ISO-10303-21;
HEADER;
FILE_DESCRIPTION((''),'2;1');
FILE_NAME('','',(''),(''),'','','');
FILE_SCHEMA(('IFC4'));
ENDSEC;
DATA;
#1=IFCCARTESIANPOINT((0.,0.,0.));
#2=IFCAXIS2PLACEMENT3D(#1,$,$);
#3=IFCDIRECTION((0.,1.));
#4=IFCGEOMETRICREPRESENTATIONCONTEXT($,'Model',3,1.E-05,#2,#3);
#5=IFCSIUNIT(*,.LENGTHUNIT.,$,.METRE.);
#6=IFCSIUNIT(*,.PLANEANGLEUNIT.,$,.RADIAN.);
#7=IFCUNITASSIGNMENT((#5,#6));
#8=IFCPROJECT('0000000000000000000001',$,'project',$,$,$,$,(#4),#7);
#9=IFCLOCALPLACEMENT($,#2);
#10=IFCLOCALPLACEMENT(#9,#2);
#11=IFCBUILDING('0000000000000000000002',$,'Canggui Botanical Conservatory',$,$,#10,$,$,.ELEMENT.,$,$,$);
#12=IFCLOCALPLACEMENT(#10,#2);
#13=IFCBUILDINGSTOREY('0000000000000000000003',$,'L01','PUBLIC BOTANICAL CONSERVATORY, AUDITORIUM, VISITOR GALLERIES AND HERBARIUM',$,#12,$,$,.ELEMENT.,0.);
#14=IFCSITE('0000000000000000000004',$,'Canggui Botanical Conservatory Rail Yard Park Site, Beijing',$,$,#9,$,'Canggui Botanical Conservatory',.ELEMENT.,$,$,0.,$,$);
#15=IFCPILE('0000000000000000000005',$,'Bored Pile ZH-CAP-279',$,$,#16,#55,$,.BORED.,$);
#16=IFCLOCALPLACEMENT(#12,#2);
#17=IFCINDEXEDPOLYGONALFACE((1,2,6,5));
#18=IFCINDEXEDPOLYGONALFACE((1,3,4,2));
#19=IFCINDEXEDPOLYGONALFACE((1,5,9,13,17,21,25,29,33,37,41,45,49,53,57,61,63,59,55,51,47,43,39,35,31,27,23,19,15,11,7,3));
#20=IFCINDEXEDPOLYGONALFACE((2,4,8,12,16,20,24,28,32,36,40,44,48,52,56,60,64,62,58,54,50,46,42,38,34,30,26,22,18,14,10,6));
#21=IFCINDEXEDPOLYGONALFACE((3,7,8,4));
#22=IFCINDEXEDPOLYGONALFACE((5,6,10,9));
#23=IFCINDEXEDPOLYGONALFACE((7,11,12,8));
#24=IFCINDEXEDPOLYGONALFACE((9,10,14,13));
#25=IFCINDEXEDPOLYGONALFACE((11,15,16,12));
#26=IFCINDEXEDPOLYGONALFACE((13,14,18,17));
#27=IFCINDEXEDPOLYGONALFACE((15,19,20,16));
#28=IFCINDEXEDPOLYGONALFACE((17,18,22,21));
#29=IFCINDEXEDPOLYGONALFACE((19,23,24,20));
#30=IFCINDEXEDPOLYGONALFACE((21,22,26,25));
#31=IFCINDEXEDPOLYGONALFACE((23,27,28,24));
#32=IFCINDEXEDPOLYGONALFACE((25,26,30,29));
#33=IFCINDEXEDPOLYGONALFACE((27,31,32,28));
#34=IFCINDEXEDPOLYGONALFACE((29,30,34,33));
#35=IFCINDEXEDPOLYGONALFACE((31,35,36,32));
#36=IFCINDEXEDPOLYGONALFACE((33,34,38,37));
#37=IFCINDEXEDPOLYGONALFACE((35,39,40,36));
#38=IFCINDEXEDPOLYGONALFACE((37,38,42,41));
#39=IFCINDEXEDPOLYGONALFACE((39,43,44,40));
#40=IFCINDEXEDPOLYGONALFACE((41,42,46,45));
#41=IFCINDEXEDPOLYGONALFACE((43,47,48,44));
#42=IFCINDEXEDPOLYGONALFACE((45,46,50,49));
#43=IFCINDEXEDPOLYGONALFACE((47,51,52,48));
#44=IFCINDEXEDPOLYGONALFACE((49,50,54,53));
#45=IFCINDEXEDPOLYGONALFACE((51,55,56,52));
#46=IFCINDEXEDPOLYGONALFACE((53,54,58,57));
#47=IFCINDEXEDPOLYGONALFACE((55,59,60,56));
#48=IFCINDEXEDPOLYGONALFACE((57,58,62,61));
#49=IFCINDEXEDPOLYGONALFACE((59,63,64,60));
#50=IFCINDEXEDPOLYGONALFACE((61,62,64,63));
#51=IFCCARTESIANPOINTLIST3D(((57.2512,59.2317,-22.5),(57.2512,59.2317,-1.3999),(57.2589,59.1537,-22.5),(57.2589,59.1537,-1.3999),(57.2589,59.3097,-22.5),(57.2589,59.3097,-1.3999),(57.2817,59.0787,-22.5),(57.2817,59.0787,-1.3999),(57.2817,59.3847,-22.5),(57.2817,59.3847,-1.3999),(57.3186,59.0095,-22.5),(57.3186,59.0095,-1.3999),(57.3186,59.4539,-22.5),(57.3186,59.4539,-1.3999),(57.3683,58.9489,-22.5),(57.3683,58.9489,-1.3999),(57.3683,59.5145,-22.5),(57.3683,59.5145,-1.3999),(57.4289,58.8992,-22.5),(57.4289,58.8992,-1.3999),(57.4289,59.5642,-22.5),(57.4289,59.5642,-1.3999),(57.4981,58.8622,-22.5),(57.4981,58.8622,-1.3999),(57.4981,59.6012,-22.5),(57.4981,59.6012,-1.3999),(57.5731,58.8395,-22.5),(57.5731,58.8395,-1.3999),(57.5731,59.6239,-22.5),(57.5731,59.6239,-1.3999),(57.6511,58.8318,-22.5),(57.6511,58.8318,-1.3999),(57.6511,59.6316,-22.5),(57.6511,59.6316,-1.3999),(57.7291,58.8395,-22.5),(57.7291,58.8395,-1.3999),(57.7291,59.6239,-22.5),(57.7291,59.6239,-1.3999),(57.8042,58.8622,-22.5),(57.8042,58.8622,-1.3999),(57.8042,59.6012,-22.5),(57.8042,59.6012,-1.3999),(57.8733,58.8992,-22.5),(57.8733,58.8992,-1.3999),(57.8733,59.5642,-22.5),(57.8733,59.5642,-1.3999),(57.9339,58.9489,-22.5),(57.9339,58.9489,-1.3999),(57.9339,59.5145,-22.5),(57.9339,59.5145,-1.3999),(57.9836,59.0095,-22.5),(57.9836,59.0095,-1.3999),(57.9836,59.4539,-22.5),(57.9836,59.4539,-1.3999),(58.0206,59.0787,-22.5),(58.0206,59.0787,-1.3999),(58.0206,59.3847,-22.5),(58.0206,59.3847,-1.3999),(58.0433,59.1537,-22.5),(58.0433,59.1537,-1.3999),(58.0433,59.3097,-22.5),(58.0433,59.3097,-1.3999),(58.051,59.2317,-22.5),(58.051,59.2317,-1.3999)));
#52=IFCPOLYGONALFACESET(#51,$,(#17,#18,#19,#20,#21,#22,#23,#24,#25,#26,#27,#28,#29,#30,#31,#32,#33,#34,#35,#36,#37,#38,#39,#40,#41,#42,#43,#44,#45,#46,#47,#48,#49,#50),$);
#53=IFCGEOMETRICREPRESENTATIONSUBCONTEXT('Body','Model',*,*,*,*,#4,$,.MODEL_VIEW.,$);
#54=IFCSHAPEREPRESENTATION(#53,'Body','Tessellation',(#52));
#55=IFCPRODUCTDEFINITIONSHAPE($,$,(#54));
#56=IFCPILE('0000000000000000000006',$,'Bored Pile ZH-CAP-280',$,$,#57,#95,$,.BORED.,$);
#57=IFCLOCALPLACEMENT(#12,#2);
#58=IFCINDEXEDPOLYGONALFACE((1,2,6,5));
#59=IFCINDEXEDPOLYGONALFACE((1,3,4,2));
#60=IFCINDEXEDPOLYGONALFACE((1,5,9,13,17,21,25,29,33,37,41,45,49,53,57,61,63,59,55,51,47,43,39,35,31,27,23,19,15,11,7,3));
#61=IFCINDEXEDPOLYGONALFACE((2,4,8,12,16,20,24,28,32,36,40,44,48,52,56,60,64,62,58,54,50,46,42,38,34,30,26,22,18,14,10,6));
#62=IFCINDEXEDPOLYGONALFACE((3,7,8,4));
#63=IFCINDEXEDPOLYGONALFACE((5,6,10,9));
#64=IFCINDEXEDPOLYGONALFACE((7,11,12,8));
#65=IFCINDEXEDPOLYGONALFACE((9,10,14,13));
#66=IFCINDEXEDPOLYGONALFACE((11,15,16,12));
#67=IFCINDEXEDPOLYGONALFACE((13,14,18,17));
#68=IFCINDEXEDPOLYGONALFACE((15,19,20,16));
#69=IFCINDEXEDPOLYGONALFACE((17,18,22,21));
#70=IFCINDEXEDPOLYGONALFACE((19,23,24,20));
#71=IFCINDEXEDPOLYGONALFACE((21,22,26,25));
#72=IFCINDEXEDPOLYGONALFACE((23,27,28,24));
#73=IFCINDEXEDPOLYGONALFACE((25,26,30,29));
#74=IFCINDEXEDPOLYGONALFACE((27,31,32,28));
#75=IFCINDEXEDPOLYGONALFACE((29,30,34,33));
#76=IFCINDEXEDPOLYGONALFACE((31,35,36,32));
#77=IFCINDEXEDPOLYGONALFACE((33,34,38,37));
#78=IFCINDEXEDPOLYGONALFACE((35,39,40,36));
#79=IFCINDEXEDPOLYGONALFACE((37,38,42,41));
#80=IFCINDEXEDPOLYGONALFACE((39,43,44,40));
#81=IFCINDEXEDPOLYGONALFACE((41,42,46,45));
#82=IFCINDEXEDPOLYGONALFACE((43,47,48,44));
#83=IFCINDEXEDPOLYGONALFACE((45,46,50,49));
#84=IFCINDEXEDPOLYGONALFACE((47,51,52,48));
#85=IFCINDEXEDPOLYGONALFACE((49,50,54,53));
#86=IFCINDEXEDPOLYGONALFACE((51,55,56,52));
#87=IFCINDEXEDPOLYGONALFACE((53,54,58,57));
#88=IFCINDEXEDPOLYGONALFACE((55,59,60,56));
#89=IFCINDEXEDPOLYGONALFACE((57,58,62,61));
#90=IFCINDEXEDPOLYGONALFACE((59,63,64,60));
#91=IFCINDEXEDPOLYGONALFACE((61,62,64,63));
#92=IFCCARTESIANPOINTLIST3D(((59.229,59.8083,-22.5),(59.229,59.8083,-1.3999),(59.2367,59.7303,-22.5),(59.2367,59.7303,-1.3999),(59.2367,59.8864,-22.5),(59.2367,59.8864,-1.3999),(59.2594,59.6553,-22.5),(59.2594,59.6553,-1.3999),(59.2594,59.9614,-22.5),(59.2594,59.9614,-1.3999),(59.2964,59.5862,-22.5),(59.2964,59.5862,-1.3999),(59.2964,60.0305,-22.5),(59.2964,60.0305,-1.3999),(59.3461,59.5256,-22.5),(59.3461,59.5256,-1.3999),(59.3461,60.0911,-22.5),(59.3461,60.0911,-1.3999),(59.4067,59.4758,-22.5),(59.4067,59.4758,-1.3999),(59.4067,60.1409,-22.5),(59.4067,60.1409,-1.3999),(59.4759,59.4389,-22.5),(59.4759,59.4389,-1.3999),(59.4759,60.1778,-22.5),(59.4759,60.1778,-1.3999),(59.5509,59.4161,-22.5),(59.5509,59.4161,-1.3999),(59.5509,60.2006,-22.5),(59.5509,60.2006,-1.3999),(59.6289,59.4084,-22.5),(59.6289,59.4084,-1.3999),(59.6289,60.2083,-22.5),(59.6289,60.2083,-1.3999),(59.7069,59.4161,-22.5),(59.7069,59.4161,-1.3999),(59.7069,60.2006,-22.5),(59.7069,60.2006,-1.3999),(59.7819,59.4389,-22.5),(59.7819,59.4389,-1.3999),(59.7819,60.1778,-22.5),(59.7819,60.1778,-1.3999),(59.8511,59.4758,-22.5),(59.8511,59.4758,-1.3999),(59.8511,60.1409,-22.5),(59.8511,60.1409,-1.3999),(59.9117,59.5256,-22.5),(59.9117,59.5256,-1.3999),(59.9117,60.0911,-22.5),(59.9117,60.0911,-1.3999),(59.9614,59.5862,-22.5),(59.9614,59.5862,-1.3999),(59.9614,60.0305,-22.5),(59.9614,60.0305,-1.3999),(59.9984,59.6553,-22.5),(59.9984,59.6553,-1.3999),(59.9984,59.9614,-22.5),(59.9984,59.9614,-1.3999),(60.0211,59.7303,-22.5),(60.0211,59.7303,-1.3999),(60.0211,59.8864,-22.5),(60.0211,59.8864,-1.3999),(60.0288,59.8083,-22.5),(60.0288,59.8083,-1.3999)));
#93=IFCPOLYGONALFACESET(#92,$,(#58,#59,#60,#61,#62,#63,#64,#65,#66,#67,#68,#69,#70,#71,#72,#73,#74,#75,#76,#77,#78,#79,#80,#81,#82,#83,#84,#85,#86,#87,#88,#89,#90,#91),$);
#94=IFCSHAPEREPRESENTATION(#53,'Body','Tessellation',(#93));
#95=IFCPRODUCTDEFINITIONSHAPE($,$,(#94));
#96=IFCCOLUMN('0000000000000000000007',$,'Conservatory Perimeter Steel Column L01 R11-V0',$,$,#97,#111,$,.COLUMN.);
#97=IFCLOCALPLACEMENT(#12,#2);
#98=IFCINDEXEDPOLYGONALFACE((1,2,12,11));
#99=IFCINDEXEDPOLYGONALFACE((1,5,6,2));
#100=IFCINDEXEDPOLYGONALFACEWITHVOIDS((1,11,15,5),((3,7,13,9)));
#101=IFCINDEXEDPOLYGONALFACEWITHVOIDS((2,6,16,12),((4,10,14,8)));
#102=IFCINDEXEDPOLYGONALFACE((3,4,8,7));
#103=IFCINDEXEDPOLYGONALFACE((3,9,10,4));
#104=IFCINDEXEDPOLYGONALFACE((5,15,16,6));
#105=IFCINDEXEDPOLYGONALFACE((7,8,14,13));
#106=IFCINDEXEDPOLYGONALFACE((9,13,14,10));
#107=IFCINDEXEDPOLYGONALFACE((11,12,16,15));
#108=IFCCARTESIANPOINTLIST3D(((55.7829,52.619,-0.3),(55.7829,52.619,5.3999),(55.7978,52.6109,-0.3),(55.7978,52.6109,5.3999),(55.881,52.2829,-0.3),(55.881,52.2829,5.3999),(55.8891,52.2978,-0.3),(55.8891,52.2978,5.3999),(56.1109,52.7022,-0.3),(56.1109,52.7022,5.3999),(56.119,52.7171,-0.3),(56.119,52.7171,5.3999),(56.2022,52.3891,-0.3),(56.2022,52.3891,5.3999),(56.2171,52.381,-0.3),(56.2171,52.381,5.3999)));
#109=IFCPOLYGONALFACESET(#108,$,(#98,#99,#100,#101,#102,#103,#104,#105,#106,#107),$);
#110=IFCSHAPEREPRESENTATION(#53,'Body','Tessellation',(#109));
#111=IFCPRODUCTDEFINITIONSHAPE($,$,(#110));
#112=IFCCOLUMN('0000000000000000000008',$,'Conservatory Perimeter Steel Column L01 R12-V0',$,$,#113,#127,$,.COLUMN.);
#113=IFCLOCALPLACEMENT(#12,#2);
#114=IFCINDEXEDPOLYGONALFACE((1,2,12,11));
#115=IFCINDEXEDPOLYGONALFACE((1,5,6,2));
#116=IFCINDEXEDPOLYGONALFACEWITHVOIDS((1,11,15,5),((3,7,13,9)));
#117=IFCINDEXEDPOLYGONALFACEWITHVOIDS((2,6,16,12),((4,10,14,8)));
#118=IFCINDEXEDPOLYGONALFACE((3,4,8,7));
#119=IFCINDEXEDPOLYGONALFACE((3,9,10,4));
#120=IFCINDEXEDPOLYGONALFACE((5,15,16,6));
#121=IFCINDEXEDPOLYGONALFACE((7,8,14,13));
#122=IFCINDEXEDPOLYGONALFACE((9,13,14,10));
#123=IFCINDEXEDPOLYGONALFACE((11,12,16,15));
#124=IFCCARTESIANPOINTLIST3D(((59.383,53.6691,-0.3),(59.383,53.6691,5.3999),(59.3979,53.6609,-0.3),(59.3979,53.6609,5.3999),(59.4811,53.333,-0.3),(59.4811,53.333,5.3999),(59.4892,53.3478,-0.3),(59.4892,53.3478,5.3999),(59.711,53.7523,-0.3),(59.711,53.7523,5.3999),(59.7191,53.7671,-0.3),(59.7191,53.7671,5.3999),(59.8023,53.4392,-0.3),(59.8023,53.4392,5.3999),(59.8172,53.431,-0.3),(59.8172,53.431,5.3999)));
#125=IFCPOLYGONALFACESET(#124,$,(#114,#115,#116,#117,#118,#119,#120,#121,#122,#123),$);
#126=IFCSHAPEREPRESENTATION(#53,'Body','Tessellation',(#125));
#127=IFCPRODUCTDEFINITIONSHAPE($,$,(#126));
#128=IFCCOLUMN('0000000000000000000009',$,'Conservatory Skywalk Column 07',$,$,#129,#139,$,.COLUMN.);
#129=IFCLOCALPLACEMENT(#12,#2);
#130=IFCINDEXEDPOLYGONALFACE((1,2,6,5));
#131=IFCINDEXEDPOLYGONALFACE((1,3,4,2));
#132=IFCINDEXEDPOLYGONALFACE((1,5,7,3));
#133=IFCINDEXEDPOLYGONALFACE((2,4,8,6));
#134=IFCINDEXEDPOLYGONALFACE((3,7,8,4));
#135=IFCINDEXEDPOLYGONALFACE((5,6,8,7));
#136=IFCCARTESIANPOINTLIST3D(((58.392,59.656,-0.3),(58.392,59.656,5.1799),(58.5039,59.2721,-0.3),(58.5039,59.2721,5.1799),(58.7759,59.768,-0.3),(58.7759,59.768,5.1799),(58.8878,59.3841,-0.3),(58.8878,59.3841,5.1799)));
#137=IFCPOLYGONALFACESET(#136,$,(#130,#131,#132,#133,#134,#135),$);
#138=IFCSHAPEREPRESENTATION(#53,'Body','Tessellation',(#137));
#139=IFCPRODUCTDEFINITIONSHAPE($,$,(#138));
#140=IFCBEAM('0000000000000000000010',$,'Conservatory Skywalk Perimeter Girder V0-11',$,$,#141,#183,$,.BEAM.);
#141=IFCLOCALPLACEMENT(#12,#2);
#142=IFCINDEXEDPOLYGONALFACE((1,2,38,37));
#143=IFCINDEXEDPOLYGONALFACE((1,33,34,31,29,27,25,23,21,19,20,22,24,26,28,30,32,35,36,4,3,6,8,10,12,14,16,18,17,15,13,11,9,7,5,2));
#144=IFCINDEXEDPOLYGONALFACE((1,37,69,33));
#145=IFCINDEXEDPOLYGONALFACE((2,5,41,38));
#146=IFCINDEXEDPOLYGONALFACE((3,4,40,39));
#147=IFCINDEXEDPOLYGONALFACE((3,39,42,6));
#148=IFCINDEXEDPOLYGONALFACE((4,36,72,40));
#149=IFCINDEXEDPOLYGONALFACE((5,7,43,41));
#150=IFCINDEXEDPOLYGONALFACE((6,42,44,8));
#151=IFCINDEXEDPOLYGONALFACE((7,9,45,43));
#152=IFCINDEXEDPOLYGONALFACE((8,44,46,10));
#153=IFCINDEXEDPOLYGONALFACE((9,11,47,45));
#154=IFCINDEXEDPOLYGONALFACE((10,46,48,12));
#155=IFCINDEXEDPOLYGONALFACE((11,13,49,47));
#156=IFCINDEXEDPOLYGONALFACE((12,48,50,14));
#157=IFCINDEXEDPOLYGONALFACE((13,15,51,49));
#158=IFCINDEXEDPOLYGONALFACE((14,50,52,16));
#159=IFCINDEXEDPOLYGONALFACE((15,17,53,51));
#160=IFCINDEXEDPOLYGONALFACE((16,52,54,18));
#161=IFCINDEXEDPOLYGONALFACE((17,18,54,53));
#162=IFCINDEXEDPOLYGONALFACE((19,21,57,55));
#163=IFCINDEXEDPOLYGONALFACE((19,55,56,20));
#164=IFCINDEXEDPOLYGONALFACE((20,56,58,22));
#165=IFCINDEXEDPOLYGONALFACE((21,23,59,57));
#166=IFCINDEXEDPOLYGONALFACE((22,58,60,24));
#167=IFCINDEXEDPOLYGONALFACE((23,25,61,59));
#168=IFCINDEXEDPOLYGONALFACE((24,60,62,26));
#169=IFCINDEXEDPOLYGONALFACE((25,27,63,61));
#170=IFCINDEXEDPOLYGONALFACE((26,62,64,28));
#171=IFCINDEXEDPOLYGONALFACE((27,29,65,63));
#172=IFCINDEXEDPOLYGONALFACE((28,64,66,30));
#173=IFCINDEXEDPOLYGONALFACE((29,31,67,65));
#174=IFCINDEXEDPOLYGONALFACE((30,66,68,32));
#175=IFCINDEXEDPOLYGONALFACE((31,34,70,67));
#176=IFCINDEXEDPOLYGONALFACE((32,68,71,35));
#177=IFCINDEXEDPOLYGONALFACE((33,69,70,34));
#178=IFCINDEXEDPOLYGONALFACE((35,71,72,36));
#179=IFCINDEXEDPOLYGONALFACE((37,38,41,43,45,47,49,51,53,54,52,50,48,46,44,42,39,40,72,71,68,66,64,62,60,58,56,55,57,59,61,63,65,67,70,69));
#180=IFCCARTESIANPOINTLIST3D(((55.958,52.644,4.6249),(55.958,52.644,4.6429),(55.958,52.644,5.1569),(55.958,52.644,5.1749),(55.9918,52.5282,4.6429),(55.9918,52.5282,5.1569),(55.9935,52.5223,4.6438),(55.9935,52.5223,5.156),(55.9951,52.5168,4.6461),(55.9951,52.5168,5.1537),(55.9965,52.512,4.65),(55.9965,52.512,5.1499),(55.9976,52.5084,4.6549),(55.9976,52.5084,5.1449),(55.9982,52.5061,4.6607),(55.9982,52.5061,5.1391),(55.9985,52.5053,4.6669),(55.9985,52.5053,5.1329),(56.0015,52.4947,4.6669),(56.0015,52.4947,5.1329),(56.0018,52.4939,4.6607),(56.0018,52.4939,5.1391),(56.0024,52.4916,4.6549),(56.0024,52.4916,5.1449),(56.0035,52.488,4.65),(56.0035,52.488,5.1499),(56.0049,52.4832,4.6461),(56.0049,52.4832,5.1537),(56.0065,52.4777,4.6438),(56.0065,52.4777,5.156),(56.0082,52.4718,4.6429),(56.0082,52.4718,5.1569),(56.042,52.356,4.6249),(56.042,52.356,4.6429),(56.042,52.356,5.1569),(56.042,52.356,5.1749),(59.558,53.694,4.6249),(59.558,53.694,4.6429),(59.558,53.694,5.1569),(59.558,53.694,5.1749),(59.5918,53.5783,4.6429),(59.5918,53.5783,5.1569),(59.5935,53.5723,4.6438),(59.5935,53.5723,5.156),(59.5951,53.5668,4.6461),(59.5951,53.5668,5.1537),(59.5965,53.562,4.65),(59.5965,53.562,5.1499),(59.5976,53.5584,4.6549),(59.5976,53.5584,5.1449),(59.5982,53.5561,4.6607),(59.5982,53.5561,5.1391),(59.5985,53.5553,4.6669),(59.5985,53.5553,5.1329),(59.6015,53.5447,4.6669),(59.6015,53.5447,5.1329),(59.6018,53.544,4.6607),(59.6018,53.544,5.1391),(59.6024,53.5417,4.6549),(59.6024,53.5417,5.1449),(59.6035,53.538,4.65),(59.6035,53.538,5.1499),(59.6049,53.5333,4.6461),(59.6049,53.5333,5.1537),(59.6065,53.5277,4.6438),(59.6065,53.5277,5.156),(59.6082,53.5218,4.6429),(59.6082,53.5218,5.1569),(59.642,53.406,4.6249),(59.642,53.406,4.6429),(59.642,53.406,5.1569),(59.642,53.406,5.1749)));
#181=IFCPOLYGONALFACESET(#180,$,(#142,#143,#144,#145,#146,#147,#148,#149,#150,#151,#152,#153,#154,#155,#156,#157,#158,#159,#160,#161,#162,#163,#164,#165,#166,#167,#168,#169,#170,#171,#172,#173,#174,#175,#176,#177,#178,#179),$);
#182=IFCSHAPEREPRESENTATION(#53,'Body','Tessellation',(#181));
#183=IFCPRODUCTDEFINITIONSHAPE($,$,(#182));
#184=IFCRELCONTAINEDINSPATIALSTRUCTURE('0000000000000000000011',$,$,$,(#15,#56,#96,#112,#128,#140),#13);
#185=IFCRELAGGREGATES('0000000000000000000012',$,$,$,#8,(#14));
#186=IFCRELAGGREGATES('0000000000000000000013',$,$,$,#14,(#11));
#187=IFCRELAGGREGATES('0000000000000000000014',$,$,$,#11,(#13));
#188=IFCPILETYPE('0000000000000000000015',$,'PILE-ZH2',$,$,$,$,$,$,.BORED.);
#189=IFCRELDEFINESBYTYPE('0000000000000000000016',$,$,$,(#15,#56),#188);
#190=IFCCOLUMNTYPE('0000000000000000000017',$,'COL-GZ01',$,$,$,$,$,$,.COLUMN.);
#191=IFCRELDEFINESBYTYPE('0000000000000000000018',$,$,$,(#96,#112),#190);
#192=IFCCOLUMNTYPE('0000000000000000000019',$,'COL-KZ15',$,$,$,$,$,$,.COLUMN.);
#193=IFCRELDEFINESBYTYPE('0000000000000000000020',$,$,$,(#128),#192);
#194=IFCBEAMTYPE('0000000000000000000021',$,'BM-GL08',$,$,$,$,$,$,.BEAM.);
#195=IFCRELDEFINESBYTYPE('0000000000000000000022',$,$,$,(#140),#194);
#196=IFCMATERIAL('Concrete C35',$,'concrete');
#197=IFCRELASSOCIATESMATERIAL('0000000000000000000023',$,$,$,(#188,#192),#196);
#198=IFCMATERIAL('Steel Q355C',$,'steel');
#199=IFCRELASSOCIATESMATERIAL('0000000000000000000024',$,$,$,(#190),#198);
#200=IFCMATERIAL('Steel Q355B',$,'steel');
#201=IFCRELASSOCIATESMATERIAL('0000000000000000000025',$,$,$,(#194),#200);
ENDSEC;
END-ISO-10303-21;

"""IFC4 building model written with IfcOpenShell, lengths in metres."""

from ifc_helpers import new_model, si_unit, direction, frame, origin, origin_2d, place, context, subcontext, project, spatial, rectangle, hollow_rectangle, circle, i_section, extrude, material, material_profile, profile_set, type_object, element, save


model = new_model("IFC4")

# Units and contexts
model_context = context("Model", 3, precision=1e-05, world=origin(), true_north=direction((0.0, 1.0)))
body_context = subcontext(model_context, "Body", "Model", "MODEL_VIEW")
ifc_project = project(units=[si_unit("LENGTHUNIT", "METRE"), si_unit("PLANEANGLEUNIT", "RADIAN")], contexts=[model_context])

# Site, building, storey
site_placement = place(None, origin())
site = spatial("IfcSite", under=ifc_project, at=site_placement, Name="Canggui Botanical Conservatory Rail Yard Park Site, Beijing", LongName="Canggui Botanical Conservatory", CompositionType="ELEMENT", RefElevation=0.0)
building_placement = place(site_placement, origin())
building = spatial("IfcBuilding", under=site, at=building_placement, Name="Canggui Botanical Conservatory", CompositionType="ELEMENT")
storey_placement = place(building_placement, origin())
storey = spatial("IfcBuildingStorey", under=building, at=storey_placement, Name="L01", Description="PUBLIC BOTANICAL CONSERVATORY, AUDITORIUM, VISITOR GALLERIES AND HERBARIUM", CompositionType="ELEMENT", Elevation=0.0)

# Shared definitions
ifc_material_1 = material(Name="Concrete C35", Category="concrete")

# Piles
ifc_material_profile_1 = material_profile(ifc_material_1, circle(Radius=0.3999, at=origin_2d()), Name="PILE D800")
ifc_profile_set_1 = profile_set([ifc_material_profile_1], Name="Concrete C35")
pile_type = type_object("IfcPileType", Name="PILE-ZH2", PredefinedType="BORED", material=ifc_profile_set_1)
for number, where, z_axis, x_axis, name in (
    (1, (57.6511, 59.2317, -1.3999), (0.0, 0.0, -1.0), (1.0, 0.0, 0.0), "Bored Pile ZH-CAP-279"),
    (2, (59.6289, 59.8083, -1.3999), (0.0, 0.0, -1.0), (1.0, 0.0, 0.0), "Bored Pile ZH-CAP-280"),
):
    element("IfcPile", number, at=place(storey_placement, frame(where, z_axis=z_axis, x_axis=x_axis)), inside=storey, type_object=pile_type, Name=name, PredefinedType="BORED", context=body_context, shape_type="SweptSolid", body=[
        extrude(circle(Radius=0.3999, at=origin_2d()), origin(), (0.0, 0.0, 1.0), 21.1001),
    ])

# Columns
ifc_material_2 = material(Name="Steel Q355C", Category="steel")
ifc_material_profile_2 = material_profile(ifc_material_2, hollow_rectangle(XDim=0.3501, YDim=0.3501, WallThickness=0.012, at=origin_2d()), Name="SHS 350x350x12")
ifc_profile_set_2 = profile_set([ifc_material_profile_2], Name="Steel Q355C")
column_type_1 = type_object("IfcColumnType", Name="COL-GZ01", PredefinedType="COLUMN", material=ifc_profile_set_2)
for number, where, z_axis, x_axis, name in (
    (3, (56.0, 52.5, -0.3), (0.0, 0.0, 1.0), (0.96, 0.28, 0.0), "Conservatory Perimeter Steel Column L01 R11-V0"),
    (4, (59.6001, 53.55, -0.3), (0.0, 0.0, 1.0), (0.96, 0.28, 0.0), "Conservatory Perimeter Steel Column L01 R12-V0"),
):
    element("IfcColumn", number, at=place(storey_placement, frame(where, z_axis=z_axis, x_axis=x_axis)), inside=storey, type_object=column_type_1, Name=name, PredefinedType="COLUMN", context=body_context, shape_type="SweptSolid", body=[
        extrude(hollow_rectangle(XDim=0.3501, YDim=0.3501, WallThickness=0.012, at=origin_2d()), origin(), (0.0, 0.0, 1.0), 5.7),
    ])
ifc_material_profile_3 = material_profile(ifc_material_1, rectangle(XDim=0.3999, YDim=0.3999, at=origin_2d()), Name="RC 400x400")
ifc_profile_set_3 = profile_set([ifc_material_profile_3], Name="Concrete C35")
column_type_2 = type_object("IfcColumnType", Name="COL-KZ15", PredefinedType="COLUMN", material=ifc_profile_set_3)
column_placement = place(storey_placement, frame((58.6399, 59.52, -0.3), z_axis=(0.0, 0.0, 1.0), x_axis=(0.96, 0.28, 0.0)))
element("IfcColumn", 5, at=column_placement, inside=storey, type_object=column_type_2, Name="Conservatory Skywalk Column 07", PredefinedType="COLUMN", context=body_context, shape_type="SweptSolid", body=[
    extrude(rectangle(XDim=0.3999, YDim=0.3999, at=origin_2d()), origin(), (0.0, 0.0, 1.0), 5.48),
])

# Beam
ifc_material_3 = material(Name="Steel Q355B", Category="steel")
ifc_material_profile_4 = material_profile(ifc_material_3, i_section(OverallWidth=0.3, OverallDepth=0.55, WebThickness=0.011, FlangeThickness=0.0181, FilletRadius=0.0239, at=origin_2d()), Name="HM 550x300x11x18")
ifc_profile_set_4 = profile_set([ifc_material_profile_4], Name="Steel Q355B")
beam_type_1 = type_object("IfcBeamType", Name="BM-GL08", PredefinedType="BEAM", material=ifc_profile_set_4)
beam_1_placement = place(storey_placement, frame((56.0, 52.5, 4.8999), z_axis=(0.959999, 0.280005, 0.0), x_axis=(-0.280005, 0.959999, 0.0)))
element("IfcBeam", 6, at=beam_1_placement, inside=storey, type_object=beam_type_1, Name="Conservatory Skywalk Perimeter Girder V0-11", PredefinedType="BEAM", context=body_context, shape_type="SweptSolid", body=[
    extrude(i_section(OverallWidth=0.3, OverallDepth=0.55, WebThickness=0.011, FlangeThickness=0.0181, FilletRadius=0.0239, at=origin_2d()), origin(), (0.0, 0.0, 1.0), 3.75),
])

save(model, "model.ifc")
